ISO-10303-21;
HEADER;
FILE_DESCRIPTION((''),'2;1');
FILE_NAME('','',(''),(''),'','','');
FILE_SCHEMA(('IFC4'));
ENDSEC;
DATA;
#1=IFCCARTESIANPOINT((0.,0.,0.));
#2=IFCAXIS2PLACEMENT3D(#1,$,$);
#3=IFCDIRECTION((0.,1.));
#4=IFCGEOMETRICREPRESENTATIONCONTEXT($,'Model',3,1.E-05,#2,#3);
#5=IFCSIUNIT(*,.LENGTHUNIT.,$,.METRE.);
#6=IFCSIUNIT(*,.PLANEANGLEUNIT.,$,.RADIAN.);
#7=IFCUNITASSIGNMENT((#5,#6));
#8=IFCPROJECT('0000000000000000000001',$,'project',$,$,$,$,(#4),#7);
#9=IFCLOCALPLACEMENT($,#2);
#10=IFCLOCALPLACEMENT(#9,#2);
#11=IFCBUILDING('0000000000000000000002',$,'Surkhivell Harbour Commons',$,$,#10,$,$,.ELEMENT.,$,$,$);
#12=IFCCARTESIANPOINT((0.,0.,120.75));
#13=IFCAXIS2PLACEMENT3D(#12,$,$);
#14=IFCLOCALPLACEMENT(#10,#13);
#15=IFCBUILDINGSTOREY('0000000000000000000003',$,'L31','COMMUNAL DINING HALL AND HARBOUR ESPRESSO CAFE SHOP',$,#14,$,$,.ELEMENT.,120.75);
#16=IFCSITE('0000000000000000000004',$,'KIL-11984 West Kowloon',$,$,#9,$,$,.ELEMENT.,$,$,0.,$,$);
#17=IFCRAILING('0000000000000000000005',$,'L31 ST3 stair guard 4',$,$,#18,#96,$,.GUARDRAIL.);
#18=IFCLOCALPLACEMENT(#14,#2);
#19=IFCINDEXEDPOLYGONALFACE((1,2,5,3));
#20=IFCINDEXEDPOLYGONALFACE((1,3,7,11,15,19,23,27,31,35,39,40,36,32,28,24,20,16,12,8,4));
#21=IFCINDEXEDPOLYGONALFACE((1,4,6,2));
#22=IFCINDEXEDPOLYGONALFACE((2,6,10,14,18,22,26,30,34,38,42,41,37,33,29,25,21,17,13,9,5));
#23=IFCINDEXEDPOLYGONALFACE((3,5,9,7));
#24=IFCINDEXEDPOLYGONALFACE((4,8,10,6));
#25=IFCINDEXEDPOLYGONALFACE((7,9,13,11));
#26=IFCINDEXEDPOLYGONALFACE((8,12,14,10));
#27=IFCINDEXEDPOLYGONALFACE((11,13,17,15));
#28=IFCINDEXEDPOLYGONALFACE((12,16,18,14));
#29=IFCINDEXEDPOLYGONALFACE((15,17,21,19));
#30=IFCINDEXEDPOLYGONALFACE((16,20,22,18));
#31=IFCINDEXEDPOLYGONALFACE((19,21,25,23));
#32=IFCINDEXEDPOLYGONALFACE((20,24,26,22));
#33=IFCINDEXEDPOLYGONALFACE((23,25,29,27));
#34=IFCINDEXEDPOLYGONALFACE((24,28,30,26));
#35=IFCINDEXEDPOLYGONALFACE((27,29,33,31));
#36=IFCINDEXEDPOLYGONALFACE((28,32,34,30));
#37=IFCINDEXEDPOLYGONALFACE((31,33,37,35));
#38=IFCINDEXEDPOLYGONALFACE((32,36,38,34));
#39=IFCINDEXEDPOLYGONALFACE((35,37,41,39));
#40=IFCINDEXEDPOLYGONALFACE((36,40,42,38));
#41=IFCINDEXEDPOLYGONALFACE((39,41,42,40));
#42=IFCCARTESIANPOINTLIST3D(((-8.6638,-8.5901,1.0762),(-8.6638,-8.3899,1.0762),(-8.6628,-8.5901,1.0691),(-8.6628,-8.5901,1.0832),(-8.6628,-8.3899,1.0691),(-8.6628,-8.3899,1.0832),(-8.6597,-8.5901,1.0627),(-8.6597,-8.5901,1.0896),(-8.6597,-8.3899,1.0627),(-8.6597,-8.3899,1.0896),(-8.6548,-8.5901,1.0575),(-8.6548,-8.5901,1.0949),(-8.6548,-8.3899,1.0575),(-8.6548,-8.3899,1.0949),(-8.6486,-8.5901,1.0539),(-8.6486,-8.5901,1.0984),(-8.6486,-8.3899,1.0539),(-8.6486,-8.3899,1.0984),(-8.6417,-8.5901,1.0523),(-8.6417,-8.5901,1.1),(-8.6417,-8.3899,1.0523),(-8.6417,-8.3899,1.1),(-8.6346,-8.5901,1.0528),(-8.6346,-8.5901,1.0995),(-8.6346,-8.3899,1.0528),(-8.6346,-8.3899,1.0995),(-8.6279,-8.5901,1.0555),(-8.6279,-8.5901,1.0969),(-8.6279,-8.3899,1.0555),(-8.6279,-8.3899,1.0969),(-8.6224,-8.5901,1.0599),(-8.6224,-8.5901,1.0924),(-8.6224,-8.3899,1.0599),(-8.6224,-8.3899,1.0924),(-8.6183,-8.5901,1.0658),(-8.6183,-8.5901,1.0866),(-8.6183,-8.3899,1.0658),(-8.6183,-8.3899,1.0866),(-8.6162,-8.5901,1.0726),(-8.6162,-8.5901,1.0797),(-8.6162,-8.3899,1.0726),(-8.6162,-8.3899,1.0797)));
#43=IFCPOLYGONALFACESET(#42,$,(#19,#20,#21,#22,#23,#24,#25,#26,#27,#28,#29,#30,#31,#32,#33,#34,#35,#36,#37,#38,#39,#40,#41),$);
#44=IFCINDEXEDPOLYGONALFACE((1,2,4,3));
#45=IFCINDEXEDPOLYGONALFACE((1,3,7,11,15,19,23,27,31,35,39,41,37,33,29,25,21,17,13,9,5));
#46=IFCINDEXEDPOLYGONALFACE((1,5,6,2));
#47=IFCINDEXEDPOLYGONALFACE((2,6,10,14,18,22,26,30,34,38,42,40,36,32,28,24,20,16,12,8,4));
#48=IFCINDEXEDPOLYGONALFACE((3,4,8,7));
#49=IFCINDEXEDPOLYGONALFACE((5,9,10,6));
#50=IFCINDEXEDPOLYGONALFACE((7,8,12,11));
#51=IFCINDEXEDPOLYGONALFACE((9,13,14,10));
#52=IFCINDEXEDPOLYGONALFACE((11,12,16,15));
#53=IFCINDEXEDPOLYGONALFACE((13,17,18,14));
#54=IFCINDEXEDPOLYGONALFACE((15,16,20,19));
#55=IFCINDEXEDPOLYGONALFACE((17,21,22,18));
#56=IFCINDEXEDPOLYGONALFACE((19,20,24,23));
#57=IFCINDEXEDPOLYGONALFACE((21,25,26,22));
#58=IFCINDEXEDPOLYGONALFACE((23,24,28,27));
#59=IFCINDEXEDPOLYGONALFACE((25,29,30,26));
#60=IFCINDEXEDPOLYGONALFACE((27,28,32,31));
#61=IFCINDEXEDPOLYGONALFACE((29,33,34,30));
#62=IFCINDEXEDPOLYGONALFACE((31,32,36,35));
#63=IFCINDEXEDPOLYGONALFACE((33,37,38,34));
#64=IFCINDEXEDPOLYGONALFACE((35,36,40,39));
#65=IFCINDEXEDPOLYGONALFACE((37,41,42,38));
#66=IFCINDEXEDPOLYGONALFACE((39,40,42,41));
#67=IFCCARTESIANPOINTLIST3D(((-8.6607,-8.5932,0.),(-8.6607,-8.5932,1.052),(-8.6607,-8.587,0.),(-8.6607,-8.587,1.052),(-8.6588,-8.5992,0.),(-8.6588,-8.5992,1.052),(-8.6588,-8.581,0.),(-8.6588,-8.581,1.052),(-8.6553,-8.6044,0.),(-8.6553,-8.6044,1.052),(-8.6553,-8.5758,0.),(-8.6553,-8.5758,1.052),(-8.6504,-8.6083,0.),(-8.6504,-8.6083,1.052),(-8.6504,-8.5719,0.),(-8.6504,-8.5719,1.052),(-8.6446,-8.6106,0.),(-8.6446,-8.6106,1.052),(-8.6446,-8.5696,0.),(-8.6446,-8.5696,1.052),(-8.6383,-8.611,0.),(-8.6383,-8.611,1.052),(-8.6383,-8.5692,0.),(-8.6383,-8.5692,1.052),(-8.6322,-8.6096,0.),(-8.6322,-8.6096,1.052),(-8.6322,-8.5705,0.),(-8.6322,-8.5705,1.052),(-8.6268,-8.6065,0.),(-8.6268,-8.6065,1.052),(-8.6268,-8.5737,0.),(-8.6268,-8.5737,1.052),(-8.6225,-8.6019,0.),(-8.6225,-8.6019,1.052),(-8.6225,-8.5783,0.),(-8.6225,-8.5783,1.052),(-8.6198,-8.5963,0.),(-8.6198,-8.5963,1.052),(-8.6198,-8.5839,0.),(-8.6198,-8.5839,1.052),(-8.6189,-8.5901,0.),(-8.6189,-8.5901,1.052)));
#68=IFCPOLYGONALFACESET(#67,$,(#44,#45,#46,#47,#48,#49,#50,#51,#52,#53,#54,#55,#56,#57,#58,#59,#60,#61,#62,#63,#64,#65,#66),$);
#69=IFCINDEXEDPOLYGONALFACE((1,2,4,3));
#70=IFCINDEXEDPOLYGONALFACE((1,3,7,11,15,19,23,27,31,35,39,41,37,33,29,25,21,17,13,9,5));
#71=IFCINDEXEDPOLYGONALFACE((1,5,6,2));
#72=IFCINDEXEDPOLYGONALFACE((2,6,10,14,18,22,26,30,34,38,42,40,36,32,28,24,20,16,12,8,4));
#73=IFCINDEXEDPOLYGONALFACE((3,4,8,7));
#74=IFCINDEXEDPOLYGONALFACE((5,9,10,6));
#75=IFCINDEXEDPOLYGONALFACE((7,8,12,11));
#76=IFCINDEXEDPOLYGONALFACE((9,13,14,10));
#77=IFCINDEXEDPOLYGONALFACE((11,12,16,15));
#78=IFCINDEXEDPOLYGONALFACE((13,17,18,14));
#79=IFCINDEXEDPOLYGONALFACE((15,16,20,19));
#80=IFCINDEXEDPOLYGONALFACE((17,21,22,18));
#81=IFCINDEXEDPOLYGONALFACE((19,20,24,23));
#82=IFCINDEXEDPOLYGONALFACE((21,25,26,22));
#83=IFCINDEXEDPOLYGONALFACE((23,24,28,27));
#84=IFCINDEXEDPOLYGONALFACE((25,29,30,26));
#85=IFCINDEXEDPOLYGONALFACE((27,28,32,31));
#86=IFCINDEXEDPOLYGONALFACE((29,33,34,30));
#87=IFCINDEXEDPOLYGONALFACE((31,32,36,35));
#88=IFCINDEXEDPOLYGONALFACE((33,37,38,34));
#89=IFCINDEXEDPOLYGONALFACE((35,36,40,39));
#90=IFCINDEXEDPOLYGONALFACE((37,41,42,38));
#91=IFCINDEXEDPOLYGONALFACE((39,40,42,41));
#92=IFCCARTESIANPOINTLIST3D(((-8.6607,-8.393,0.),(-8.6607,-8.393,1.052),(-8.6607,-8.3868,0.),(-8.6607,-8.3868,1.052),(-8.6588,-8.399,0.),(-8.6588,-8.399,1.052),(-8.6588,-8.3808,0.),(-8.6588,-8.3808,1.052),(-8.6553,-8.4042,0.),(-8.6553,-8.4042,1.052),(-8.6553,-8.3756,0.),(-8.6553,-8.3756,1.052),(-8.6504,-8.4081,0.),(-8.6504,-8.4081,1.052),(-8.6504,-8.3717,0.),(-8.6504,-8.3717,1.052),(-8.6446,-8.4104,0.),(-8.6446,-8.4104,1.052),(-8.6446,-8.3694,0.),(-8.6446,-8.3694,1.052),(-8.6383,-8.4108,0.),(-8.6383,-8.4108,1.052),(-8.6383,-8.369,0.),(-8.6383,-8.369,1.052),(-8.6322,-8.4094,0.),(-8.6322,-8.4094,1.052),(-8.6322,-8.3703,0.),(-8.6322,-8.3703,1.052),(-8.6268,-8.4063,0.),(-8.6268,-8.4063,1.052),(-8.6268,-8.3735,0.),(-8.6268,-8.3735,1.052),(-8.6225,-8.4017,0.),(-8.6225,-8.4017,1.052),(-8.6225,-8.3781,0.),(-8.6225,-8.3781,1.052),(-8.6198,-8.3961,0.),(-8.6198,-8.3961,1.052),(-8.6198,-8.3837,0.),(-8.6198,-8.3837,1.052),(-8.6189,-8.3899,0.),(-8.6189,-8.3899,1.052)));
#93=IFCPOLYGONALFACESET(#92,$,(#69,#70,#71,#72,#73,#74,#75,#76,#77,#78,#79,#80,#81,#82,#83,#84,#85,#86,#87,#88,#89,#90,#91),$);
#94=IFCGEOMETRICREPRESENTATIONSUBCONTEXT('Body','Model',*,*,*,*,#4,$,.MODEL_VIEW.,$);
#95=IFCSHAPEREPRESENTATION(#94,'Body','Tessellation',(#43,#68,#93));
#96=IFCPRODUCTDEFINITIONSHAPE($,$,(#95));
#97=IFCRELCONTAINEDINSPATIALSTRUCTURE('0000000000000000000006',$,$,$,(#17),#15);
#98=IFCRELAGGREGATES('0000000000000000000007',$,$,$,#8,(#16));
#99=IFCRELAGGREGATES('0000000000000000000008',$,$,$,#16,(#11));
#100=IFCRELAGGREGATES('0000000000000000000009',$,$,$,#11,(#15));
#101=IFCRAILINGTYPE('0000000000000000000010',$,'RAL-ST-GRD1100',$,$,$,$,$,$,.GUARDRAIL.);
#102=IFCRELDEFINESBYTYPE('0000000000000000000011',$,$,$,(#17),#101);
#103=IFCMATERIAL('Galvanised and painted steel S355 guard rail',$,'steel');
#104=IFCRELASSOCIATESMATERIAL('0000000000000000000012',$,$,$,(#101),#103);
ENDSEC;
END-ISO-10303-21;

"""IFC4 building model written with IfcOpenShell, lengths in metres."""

from ifc_helpers import new_model, si_unit, direction, frame, origin, origin_2d, place, context, subcontext, project, spatial, circle, extrude, material, type_object, element, save


model = new_model("IFC4")

# Units and contexts
model_context = context("Model", 3, precision=1e-05, world=origin(), true_north=direction((0.0, 1.0)))
body_context = subcontext(model_context, "Body", "Model", "MODEL_VIEW")
ifc_project = project(units=[si_unit("LENGTHUNIT", "METRE"), si_unit("PLANEANGLEUNIT", "RADIAN")], contexts=[model_context])

# Site, building, storey
site_placement = place(None, origin())
site = spatial("IfcSite", under=ifc_project, at=site_placement, Name="KIL-11984 West Kowloon", CompositionType="ELEMENT", RefElevation=0.0)
building_placement = place(site_placement, origin())
building = spatial("IfcBuilding", under=site, at=building_placement, Name="Surkhivell Harbour Commons", CompositionType="ELEMENT")
storey_placement = place(building_placement, frame((0.0, 0.0, 120.75)))
storey = spatial("IfcBuildingStorey", under=building, at=storey_placement, Name="L31", Description="COMMUNAL DINING HALL AND HARBOUR ESPRESSO CAFE SHOP", CompositionType="ELEMENT", Elevation=120.75)

# Railing
ifc_material_1 = material(Name="Galvanised and painted steel S355 guard rail", Category="steel")
railing_type_1 = type_object("IfcRailingType", Name="RAL-ST-GRD1100", PredefinedType="GUARDRAIL", material=ifc_material_1)
railing_1_placement = place(storey_placement, frame((-8.6399, -8.5901, 0.0)))
element("IfcRailing", 1, at=railing_1_placement, inside=storey, type_object=railing_type_1, Name="L31 ST3 stair guard 4", PredefinedType="GUARDRAIL", context=body_context, shape_type="SweptSolid", body=[
    extrude(circle(Radius=0.0239, at=origin_2d()), frame((0.0, 0.0, 1.0762), z_axis=(0.0, 1.0, 0.0), x_axis=(-1.0, 0.0, 0.0)), (0.0, 0.0, 1.0), 0.2002),
    extrude(circle(Radius=0.021, at=origin_2d()), origin(), (0.0, 0.0, 1.0), 1.052),
    extrude(circle(Radius=0.021, at=origin_2d()), frame((0.0, 0.2002, 0.0)), (0.0, 0.0, 1.0), 1.052),
])

save(model, "model.ifc")
